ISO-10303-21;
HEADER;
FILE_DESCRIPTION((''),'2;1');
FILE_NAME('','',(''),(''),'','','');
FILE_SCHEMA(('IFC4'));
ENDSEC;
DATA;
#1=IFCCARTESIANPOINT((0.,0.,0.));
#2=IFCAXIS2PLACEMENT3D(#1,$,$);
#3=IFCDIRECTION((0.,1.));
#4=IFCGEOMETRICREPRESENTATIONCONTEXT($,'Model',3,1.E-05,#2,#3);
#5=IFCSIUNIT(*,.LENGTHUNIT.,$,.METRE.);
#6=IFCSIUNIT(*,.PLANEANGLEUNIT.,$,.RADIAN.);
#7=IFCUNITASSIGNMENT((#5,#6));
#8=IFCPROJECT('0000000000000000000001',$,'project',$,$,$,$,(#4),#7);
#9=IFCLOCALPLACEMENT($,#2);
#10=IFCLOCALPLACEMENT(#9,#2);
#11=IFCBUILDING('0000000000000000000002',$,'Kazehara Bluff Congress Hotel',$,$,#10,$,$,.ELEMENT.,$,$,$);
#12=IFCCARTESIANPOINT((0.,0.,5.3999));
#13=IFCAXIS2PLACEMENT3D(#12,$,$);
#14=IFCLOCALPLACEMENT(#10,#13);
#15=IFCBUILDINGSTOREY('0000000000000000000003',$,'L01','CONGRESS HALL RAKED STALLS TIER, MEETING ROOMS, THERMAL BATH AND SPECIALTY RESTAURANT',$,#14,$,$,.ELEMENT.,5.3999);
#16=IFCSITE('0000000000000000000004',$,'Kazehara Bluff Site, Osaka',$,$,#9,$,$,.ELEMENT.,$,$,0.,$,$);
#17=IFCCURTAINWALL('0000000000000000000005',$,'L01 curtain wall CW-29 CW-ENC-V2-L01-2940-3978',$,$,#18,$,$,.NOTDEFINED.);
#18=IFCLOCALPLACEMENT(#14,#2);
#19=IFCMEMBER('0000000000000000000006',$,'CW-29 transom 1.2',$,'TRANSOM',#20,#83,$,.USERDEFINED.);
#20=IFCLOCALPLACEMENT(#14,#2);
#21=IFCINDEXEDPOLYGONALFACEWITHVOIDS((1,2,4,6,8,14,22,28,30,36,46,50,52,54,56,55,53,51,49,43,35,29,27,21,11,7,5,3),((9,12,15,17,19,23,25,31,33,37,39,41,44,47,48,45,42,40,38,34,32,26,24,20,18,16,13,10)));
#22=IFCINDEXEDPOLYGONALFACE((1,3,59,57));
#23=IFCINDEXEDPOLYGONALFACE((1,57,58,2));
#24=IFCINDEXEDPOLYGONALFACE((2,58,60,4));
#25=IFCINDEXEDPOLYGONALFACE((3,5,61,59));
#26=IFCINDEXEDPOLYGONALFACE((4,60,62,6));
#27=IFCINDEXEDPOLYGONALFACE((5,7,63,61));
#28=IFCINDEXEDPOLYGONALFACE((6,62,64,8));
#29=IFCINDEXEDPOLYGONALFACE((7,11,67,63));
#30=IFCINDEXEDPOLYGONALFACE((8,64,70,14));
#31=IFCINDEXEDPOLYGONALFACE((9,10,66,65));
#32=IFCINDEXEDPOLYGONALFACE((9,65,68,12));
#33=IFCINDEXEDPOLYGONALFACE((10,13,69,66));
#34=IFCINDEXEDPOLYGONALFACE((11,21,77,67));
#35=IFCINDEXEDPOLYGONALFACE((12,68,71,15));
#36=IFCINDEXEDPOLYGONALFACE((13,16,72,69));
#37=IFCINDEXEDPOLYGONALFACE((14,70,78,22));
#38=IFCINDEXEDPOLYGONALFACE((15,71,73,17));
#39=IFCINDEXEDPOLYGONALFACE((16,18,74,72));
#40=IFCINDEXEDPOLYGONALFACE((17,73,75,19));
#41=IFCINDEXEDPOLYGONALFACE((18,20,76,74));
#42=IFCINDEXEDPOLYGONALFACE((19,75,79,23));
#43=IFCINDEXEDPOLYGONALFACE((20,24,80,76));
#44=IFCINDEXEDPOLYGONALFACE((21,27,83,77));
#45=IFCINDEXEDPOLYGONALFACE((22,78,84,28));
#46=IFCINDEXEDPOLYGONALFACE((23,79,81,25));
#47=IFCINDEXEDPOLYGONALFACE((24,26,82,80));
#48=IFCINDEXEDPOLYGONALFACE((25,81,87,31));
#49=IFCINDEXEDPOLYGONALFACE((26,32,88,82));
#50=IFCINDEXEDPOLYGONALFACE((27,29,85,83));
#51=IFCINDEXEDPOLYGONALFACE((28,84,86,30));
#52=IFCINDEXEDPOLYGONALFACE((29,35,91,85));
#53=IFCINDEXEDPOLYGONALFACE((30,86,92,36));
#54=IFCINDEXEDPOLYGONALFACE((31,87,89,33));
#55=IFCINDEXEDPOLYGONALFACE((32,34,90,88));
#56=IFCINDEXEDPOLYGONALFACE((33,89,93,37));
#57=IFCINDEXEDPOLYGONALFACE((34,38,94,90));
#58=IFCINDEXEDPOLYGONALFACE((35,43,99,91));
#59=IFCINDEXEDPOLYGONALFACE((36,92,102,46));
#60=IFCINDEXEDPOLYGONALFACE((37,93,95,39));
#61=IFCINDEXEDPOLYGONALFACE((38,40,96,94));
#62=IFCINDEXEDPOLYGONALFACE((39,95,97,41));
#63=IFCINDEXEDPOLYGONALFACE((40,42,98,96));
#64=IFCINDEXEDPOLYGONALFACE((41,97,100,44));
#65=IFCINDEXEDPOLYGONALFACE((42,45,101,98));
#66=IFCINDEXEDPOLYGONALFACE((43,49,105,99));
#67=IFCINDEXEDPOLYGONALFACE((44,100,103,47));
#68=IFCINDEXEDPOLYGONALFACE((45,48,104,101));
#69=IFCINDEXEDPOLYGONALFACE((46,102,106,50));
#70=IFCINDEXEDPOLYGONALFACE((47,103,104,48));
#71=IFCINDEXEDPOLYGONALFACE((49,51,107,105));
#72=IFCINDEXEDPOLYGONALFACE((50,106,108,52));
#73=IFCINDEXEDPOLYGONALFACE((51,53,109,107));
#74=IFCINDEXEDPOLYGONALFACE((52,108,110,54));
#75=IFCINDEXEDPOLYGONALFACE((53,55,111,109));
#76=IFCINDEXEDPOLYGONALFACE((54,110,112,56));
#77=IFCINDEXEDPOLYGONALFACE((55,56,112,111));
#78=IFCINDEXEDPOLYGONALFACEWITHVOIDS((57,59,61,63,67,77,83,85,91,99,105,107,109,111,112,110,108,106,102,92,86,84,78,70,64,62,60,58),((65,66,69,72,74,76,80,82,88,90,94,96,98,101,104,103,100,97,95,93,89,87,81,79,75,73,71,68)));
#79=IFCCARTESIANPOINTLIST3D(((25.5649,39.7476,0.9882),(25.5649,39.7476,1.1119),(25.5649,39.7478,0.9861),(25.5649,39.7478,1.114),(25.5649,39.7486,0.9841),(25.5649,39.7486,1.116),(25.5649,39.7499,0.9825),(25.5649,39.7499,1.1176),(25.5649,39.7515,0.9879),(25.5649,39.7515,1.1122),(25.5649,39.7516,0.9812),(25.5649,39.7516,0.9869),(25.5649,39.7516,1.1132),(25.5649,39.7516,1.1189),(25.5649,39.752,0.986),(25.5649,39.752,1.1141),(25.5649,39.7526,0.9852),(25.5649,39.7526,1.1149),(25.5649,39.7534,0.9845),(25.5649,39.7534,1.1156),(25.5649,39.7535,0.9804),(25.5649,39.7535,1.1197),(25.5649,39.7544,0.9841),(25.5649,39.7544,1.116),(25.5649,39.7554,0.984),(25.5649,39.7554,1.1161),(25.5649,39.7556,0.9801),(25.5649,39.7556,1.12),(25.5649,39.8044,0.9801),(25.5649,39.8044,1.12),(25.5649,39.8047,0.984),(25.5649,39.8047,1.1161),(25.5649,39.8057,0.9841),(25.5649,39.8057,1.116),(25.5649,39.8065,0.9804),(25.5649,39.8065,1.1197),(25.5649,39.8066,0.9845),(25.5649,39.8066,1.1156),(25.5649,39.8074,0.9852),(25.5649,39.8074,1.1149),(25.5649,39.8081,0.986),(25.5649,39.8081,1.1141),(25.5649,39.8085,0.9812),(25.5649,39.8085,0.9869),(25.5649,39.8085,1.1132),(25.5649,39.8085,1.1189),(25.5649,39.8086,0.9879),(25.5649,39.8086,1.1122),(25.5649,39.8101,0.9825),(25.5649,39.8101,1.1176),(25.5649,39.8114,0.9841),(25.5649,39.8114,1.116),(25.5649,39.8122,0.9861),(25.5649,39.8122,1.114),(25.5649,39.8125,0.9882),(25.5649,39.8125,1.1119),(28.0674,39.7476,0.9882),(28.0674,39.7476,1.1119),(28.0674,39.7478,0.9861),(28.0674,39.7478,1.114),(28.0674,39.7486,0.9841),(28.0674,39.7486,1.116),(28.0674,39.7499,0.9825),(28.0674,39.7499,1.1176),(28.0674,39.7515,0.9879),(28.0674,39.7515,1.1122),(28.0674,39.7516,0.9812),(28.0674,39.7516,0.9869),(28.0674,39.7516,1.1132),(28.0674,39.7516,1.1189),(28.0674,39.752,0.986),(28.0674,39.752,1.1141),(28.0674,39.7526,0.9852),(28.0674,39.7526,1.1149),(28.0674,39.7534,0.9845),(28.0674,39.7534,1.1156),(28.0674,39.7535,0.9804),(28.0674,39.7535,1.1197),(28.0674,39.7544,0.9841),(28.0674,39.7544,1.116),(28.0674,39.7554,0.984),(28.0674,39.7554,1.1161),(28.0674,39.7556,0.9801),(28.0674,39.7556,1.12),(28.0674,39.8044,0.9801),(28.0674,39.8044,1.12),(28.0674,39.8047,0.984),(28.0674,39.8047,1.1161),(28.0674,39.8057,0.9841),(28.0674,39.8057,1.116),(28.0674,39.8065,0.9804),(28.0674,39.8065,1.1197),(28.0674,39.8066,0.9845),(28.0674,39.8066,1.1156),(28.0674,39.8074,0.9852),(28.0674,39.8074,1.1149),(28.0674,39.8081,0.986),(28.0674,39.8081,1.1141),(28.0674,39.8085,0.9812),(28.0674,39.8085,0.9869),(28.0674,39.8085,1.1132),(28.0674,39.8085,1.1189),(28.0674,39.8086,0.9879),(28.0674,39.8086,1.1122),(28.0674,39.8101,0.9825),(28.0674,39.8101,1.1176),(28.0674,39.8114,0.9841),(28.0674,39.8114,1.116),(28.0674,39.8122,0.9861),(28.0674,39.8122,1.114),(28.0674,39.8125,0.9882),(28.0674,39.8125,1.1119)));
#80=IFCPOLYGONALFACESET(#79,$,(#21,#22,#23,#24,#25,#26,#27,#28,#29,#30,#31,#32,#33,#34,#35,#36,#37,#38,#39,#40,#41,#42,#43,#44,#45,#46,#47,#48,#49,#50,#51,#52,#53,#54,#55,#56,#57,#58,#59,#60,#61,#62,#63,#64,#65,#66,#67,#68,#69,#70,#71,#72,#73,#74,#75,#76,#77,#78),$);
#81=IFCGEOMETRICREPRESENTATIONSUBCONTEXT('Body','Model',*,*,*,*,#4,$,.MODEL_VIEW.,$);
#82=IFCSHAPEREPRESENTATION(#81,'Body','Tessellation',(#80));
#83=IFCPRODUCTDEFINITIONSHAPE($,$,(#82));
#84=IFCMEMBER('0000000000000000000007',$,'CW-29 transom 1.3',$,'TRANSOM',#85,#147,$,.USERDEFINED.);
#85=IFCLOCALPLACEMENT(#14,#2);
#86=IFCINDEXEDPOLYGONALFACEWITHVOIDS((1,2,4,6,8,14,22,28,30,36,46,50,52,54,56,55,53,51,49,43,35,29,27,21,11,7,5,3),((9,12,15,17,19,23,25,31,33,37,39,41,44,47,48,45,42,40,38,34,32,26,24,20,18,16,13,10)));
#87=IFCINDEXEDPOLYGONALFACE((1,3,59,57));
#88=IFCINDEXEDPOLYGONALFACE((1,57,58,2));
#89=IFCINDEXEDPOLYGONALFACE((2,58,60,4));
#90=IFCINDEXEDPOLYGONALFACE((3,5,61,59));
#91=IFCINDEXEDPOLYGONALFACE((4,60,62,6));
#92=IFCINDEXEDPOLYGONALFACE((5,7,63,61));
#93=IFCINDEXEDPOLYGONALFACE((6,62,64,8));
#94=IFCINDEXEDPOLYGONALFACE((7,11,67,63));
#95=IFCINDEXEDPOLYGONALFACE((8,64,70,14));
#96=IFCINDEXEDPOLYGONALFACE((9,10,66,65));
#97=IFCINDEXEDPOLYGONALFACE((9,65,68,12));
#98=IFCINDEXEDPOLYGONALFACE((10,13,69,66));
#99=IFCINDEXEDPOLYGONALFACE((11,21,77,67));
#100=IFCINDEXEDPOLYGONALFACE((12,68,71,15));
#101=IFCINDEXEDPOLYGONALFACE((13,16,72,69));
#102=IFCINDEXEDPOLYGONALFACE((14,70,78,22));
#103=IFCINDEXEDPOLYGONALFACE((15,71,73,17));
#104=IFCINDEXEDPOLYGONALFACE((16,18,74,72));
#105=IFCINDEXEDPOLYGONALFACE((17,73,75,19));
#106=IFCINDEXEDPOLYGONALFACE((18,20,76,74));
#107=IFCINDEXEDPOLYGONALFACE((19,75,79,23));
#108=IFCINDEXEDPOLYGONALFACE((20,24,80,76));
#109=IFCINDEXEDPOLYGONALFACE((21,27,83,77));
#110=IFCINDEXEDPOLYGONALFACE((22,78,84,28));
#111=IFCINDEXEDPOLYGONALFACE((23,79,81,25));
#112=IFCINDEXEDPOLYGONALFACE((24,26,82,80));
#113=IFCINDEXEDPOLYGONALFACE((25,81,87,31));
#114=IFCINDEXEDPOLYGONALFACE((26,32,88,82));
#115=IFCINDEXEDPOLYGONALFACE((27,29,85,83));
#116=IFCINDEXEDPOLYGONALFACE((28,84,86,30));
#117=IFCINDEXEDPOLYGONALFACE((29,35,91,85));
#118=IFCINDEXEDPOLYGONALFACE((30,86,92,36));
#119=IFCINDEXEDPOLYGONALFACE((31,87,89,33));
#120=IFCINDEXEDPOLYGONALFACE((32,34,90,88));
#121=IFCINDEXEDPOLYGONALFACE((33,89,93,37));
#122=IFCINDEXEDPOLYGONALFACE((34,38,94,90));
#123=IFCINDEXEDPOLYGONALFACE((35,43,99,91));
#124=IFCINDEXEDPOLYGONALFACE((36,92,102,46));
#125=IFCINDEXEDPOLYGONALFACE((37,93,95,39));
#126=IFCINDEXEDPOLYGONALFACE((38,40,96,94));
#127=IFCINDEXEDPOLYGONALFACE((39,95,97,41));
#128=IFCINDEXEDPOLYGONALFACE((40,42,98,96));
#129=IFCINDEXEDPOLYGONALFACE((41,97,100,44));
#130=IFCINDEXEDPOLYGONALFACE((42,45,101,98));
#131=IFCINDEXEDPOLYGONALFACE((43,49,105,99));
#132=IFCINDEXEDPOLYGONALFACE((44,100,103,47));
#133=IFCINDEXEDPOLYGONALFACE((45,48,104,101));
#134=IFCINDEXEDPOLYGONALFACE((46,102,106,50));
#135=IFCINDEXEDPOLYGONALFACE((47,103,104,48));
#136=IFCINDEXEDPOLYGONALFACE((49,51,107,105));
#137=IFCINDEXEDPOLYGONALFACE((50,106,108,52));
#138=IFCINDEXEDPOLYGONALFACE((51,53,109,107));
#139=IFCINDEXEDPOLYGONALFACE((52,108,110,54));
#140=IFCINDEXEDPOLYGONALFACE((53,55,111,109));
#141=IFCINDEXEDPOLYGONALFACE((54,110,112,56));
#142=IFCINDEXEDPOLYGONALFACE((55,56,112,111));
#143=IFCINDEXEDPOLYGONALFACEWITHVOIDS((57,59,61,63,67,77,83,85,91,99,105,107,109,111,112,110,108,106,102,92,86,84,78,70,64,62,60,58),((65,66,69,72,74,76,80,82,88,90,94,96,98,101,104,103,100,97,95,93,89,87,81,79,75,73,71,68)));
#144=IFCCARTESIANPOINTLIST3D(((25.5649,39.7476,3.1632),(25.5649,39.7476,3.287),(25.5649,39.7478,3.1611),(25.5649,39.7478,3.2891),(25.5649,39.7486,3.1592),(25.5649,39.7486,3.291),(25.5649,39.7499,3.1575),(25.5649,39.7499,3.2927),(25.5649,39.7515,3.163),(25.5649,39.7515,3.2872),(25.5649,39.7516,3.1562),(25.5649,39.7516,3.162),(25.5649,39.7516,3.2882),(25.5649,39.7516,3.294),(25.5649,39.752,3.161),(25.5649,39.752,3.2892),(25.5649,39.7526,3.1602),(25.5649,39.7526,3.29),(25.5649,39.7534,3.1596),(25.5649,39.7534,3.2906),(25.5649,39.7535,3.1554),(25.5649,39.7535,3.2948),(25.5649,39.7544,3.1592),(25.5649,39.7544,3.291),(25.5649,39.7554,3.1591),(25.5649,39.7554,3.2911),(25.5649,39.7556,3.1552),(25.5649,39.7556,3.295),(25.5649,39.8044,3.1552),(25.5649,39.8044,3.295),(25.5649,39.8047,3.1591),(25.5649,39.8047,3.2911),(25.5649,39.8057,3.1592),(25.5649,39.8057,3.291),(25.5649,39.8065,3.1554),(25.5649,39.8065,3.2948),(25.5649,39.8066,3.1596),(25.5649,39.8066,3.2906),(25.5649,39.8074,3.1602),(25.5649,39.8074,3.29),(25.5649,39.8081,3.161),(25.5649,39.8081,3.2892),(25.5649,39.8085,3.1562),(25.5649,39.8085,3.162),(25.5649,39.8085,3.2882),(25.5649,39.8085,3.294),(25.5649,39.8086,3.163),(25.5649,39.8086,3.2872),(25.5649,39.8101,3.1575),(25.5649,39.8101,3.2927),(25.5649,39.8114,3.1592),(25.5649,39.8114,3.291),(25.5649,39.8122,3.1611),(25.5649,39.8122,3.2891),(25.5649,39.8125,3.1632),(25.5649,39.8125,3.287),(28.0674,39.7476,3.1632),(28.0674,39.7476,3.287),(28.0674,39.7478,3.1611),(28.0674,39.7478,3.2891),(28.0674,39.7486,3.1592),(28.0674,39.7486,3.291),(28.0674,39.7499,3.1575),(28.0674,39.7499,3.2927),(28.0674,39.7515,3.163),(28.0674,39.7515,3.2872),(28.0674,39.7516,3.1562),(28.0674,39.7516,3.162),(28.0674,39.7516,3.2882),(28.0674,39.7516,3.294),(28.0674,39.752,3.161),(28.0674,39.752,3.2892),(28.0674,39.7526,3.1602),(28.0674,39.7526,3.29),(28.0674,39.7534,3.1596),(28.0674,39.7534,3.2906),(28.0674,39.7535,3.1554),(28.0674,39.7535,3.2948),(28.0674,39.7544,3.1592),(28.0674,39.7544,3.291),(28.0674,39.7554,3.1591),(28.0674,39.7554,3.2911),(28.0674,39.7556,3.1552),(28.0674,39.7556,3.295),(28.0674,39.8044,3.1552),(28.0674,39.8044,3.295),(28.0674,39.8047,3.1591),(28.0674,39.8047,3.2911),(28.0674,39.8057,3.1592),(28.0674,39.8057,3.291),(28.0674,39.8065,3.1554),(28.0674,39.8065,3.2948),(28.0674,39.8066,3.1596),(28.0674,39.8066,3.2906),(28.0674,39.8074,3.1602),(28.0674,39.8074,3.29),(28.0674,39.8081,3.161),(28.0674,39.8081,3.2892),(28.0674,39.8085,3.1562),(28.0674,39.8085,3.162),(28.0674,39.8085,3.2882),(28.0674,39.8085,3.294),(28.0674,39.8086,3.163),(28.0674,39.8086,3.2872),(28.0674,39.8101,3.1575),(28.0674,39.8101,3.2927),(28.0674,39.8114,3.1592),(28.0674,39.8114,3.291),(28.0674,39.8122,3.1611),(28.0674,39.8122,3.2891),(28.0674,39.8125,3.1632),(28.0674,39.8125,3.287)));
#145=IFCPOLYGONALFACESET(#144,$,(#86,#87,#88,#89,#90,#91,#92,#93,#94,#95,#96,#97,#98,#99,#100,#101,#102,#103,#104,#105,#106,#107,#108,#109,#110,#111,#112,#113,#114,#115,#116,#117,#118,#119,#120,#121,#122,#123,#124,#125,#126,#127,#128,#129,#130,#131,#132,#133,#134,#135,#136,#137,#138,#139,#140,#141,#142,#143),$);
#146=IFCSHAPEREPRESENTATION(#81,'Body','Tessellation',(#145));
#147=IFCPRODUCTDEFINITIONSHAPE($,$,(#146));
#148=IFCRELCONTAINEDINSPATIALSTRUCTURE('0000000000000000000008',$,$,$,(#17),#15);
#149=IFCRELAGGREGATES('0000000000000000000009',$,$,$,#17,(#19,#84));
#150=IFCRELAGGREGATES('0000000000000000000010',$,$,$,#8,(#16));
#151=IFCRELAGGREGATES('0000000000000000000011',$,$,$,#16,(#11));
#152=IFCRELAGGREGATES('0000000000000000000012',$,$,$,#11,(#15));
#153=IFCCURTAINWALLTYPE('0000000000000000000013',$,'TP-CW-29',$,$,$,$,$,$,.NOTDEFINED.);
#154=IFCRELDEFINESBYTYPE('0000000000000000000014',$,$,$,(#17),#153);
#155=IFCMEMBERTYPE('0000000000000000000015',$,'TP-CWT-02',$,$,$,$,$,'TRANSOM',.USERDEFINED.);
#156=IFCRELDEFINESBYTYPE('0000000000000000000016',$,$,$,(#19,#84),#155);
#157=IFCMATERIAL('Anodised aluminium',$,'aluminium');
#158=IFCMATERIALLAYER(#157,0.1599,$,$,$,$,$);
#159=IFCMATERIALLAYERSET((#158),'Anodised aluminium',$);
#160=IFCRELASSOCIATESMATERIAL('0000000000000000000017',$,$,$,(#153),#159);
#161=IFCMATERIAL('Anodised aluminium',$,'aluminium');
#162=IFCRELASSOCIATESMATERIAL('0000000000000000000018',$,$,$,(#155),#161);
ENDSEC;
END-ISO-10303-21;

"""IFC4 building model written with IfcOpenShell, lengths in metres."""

from ifc_helpers import new_model, si_unit, direction, frame, origin, origin_2d, place, context, subcontext, project, spatial, hollow_rectangle, extrude, material, layer, layer_set, material_profile, profile_set, type_object, element, aggregate, save


model = new_model("IFC4")

# Units and contexts
model_context = context("Model", 3, precision=1e-05, world=origin(), true_north=direction((0.0, 1.0)))
body_context = subcontext(model_context, "Body", "Model", "MODEL_VIEW")
ifc_project = project(units=[si_unit("LENGTHUNIT", "METRE"), si_unit("PLANEANGLEUNIT", "RADIAN")], contexts=[model_context])

# Site, building, storey
site_placement = place(None, origin())
site = spatial("IfcSite", under=ifc_project, at=site_placement, Name="Kazehara Bluff Site, Osaka", CompositionType="ELEMENT", RefElevation=0.0)
building_placement = place(site_placement, origin())
building = spatial("IfcBuilding", under=site, at=building_placement, Name="Kazehara Bluff Congress Hotel", CompositionType="ELEMENT")
storey_placement = place(building_placement, frame((0.0, 0.0, 5.3999)))
storey = spatial("IfcBuildingStorey", under=building, at=storey_placement, Name="L01", Description="CONGRESS HALL RAKED STALLS TIER, MEETING ROOMS, THERMAL BATH AND SPECIALTY RESTAURANT", CompositionType="ELEMENT", Elevation=5.3999)

# Curtain wall
ifc_material_1 = material(Name="Anodised aluminium", Category="aluminium")
ifc_layer_1 = layer(ifc_material_1, 0.1599)
ifc_layer_set_1 = layer_set([ifc_layer_1], Name="Anodised aluminium")
curtain_wall_type_1 = type_object("IfcCurtainWallType", Name="TP-CW-29", PredefinedType="NOTDEFINED", material=ifc_layer_set_1)
curtain_wall_1_placement = place(storey_placement, origin())
curtain_wall_1 = element("IfcCurtainWall", 1, at=curtain_wall_1_placement, inside=storey, type_object=curtain_wall_type_1, Name="L01 curtain wall CW-29 CW-ENC-V2-L01-2940-3978", PredefinedType="NOTDEFINED")

# Members
ifc_material_2 = material(Name="Anodised aluminium", Category="aluminium")
ifc_material_profile_1 = material_profile(ifc_material_2, hollow_rectangle(XDim=0.0649, YDim=0.1399, WallThickness=0.0039, InnerFilletRadius=0.0039, OuterFilletRadius=0.0081, at=origin_2d()))
ifc_profile_set_1 = profile_set([ifc_material_profile_1], Name="Anodised aluminium")
member_type_1 = type_object("IfcMemberType", Name="TP-CWT-02", ElementType="TRANSOM", PredefinedType="USERDEFINED", material=ifc_profile_set_1)
member_1_placement = place(storey_placement, frame((25.5649, 39.78, 1.05), z_axis=(1.0, 0.0, 0.0), x_axis=(0.0, 1.0, 0.0)))
member_1 = element("IfcMember", 2, at=member_1_placement, type_object=member_type_1, Name="CW-29 transom 1.2", ObjectType="TRANSOM", PredefinedType="USERDEFINED", context=body_context, shape_type="SweptSolid", body=[
    extrude(hollow_rectangle(XDim=0.0649, YDim=0.1399, WallThickness=0.0039, InnerFilletRadius=0.0039, OuterFilletRadius=0.0081, at=origin_2d()), origin(), (0.0, 0.0, 1.0), 2.5024),
])
member_2_placement = place(storey_placement, frame((25.5649, 39.78, 3.2251), z_axis=(1.0, 0.0, 0.0), x_axis=(0.0, 1.0, 0.0)))
member_2 = element("IfcMember", 3, at=member_2_placement, type_object=member_type_1, Name="CW-29 transom 1.3", ObjectType="TRANSOM", PredefinedType="USERDEFINED", context=body_context, shape_type="SweptSolid", body=[
    extrude(hollow_rectangle(XDim=0.0649, YDim=0.1399, WallThickness=0.0039, InnerFilletRadius=0.0039, OuterFilletRadius=0.0081, at=origin_2d()), origin(), (0.0, 0.0, 1.0), 2.5024),
])

aggregate(curtain_wall_1, [member_1, member_2])

save(model, "model.ifc")
